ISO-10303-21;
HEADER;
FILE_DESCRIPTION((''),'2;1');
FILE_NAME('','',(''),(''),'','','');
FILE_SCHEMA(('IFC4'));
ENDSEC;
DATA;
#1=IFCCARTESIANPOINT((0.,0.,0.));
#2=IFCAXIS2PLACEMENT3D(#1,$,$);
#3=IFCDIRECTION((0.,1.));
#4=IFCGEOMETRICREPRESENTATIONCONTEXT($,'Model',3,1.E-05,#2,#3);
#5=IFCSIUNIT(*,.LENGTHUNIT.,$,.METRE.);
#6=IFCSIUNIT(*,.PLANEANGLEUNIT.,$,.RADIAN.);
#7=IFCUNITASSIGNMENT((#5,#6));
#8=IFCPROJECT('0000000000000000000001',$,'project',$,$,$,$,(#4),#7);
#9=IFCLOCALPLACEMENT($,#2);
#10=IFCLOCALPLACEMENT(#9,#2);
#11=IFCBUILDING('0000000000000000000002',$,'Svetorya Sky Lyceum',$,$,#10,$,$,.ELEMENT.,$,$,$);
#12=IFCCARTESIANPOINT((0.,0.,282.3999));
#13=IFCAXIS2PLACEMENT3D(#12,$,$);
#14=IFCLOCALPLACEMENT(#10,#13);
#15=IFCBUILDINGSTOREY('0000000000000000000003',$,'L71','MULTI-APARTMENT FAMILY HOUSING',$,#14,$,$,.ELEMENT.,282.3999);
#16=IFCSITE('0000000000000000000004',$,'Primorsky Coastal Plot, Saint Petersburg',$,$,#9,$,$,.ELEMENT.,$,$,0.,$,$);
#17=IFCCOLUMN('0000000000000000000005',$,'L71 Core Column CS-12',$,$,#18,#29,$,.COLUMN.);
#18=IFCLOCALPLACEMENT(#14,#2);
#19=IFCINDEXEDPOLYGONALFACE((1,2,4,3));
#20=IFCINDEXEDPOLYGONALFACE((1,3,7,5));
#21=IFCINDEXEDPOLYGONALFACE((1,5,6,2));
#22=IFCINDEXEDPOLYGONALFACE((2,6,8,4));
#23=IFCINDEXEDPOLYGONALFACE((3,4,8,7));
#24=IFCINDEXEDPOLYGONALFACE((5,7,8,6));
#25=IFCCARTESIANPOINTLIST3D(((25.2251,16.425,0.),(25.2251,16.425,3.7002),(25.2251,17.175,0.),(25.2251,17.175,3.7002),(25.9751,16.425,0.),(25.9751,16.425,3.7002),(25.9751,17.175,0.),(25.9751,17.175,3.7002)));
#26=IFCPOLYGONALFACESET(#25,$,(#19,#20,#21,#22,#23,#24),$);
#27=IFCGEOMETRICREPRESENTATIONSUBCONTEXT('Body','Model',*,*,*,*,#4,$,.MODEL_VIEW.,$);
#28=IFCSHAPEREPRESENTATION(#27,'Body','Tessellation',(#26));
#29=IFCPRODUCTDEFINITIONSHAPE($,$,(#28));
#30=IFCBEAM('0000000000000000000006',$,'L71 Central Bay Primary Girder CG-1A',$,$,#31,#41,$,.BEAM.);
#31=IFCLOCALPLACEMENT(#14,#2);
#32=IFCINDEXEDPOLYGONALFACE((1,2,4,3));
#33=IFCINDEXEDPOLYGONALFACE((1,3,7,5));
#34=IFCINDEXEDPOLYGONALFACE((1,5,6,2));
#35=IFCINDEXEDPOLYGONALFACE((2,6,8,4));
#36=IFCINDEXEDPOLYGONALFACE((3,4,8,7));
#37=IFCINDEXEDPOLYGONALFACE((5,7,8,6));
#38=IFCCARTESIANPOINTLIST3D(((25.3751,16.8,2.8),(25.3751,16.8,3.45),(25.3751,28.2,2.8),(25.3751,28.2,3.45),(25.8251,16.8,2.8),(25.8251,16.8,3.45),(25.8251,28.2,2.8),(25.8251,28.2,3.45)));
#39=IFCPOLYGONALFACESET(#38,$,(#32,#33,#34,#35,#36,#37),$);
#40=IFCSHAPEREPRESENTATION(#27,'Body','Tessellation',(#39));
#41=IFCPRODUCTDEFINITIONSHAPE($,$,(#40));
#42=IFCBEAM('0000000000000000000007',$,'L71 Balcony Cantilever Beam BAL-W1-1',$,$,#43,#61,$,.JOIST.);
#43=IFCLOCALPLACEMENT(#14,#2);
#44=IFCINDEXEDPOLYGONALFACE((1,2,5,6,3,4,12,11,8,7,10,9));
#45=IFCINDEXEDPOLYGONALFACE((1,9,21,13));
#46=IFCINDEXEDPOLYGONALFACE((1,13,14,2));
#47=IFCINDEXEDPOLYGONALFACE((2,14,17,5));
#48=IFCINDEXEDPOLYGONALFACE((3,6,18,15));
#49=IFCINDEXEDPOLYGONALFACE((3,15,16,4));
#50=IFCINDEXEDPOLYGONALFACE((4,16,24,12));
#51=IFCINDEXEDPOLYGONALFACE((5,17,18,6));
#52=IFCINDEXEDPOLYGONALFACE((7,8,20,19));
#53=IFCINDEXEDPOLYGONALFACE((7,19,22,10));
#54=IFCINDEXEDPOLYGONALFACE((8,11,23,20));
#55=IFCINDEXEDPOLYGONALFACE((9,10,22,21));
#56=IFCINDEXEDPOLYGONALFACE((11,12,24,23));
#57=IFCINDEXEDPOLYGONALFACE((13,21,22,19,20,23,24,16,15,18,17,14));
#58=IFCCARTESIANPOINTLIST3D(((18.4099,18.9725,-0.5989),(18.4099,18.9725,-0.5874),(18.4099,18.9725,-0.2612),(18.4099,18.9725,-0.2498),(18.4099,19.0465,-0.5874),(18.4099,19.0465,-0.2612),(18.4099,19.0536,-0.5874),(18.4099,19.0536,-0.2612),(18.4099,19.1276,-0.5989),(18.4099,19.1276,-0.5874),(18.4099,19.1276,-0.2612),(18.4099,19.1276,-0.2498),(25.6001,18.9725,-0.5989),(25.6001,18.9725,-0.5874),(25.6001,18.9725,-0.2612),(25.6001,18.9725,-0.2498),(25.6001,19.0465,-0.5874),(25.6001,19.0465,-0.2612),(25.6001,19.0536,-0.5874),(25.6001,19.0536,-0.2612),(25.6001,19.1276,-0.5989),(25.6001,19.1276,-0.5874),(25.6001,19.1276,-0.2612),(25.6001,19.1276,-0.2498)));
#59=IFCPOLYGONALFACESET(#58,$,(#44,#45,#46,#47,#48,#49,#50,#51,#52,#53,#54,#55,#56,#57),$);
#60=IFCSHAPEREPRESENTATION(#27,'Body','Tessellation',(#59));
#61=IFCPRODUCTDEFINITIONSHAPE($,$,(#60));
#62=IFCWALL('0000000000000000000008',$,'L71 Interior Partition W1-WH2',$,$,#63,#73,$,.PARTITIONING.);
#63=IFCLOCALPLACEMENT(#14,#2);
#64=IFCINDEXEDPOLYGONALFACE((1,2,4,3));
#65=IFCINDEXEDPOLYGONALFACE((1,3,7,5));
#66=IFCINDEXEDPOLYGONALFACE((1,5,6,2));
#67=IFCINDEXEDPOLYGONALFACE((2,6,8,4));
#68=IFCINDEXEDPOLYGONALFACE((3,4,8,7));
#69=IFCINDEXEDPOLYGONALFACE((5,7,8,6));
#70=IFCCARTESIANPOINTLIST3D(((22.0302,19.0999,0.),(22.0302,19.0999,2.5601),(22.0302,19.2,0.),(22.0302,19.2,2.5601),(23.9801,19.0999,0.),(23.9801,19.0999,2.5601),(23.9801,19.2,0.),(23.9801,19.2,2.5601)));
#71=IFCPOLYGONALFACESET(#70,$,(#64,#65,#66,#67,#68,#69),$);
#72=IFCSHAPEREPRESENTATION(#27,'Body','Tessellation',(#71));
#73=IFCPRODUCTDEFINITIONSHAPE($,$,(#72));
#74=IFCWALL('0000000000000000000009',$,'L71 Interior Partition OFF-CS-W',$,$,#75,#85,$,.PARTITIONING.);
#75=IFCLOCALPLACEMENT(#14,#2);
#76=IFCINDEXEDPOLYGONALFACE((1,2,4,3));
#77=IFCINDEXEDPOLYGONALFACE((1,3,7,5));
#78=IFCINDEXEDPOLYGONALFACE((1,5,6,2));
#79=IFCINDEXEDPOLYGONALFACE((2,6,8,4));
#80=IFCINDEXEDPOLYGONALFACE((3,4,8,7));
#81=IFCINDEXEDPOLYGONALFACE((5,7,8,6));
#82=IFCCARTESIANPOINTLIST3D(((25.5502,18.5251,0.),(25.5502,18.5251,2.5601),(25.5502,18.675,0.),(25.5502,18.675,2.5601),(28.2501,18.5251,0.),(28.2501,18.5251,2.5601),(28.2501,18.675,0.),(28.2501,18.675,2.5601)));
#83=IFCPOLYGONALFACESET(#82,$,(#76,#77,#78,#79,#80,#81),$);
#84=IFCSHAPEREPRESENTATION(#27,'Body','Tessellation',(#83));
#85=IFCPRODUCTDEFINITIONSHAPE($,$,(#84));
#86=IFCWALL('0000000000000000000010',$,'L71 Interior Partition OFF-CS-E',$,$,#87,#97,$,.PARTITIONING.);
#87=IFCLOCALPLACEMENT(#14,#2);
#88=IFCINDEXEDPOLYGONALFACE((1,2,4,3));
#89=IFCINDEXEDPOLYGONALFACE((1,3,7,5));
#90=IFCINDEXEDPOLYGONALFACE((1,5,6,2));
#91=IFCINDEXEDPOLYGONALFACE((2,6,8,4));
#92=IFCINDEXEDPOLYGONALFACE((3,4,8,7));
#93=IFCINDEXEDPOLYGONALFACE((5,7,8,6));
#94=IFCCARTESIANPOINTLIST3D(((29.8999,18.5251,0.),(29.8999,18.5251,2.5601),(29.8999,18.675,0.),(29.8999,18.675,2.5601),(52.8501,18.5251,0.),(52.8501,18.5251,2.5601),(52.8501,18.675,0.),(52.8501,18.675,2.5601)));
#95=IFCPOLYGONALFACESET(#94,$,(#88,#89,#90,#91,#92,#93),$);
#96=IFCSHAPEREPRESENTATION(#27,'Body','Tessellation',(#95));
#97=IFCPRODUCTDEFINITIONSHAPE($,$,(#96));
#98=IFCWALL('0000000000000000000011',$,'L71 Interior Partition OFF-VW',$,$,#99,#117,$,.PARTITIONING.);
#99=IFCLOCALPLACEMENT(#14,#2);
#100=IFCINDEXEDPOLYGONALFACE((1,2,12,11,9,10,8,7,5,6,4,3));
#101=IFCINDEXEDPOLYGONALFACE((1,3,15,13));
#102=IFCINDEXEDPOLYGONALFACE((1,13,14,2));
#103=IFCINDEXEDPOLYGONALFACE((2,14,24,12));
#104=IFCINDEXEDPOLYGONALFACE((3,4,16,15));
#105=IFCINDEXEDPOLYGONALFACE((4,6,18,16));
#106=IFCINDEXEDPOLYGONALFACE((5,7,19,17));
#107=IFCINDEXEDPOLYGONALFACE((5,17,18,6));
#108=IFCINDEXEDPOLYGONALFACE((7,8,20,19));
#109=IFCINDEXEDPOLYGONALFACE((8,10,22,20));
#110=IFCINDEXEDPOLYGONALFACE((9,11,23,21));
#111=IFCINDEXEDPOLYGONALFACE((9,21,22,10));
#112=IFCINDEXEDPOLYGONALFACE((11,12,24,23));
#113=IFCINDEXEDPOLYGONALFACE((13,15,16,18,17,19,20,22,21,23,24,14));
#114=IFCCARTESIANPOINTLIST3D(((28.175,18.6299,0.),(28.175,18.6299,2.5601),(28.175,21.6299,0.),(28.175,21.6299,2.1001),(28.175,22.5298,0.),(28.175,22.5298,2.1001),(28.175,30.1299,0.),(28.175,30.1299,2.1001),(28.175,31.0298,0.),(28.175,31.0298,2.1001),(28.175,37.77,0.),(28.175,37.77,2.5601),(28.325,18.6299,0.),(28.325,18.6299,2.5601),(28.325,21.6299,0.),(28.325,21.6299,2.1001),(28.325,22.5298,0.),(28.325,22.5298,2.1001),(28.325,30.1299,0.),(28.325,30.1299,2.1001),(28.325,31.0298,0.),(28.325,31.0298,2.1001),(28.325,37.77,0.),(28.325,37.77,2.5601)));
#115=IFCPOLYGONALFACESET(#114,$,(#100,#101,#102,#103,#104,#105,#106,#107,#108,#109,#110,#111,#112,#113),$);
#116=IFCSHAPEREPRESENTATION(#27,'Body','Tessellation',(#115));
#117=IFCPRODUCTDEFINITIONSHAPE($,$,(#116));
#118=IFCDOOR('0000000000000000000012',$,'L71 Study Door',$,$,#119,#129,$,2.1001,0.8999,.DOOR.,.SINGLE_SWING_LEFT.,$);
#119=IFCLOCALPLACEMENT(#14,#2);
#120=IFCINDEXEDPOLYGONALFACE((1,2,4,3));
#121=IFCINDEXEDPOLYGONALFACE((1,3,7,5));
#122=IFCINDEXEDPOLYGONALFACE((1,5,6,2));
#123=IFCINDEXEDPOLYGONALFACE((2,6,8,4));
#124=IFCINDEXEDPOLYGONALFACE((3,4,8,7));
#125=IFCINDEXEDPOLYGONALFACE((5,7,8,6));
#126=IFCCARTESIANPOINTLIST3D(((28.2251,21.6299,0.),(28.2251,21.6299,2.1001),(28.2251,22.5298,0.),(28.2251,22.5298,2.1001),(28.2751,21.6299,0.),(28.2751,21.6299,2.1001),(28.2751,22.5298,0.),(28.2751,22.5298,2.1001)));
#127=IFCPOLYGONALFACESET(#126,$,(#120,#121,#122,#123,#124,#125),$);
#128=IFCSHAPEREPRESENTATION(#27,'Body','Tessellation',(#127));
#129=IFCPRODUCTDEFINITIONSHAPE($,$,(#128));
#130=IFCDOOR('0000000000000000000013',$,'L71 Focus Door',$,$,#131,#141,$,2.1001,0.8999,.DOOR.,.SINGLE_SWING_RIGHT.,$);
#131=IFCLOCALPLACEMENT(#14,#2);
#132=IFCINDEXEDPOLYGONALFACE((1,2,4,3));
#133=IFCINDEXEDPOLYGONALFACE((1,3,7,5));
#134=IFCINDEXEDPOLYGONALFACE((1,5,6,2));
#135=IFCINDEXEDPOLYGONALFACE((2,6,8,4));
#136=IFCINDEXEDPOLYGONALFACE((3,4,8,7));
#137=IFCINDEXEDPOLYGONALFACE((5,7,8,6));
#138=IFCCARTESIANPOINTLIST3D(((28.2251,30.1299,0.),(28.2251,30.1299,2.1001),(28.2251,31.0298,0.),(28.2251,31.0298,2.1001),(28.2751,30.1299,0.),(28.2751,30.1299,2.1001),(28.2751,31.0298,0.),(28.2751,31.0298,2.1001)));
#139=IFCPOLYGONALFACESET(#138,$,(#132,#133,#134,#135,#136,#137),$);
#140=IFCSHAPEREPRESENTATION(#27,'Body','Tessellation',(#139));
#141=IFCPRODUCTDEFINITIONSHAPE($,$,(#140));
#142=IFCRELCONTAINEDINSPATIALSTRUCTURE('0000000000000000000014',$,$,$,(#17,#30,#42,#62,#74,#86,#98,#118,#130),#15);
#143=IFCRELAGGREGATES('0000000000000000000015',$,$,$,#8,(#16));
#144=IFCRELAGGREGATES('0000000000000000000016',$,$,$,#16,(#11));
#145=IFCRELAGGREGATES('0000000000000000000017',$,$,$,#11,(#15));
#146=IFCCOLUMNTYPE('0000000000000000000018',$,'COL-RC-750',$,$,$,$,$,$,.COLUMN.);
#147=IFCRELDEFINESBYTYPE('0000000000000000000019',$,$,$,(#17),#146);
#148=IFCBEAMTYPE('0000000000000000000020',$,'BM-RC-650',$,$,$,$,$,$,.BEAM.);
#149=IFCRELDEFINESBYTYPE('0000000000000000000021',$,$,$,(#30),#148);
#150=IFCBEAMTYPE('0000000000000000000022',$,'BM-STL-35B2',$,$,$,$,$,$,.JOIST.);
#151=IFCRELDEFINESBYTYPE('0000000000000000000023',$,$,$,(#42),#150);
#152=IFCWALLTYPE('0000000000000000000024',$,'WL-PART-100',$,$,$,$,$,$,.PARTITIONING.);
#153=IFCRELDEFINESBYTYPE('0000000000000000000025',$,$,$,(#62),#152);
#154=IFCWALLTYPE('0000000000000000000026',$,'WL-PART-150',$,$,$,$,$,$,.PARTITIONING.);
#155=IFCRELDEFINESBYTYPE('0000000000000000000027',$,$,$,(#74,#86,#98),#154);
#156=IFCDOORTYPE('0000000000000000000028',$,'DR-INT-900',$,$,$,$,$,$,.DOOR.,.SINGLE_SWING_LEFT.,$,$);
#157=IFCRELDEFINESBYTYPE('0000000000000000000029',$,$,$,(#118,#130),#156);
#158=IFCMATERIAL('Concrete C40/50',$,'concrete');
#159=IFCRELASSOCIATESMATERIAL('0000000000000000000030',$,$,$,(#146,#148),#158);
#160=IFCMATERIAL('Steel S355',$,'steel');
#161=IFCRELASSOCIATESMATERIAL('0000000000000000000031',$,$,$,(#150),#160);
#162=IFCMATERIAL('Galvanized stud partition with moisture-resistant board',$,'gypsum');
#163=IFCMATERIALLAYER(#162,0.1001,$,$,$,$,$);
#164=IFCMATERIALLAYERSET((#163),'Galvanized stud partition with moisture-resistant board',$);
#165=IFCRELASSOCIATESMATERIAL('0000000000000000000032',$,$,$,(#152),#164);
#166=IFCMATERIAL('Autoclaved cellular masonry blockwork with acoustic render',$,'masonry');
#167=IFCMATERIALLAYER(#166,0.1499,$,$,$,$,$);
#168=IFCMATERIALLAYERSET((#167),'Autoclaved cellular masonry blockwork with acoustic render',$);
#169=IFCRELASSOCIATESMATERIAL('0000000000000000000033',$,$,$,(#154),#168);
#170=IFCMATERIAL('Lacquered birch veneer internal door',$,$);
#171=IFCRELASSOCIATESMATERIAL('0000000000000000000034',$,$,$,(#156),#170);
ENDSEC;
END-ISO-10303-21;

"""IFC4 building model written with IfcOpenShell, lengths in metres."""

from ifc_helpers import new_model, si_unit, direction, frame, frame_2d, origin, origin_2d, place, context, subcontext, project, spatial, rectangle, i_section, extrude, material, layer, layer_set, material_profile, profile_set, type_object, element, fill, save


model = new_model("IFC4")

# Units and contexts
model_context = context("Model", 3, precision=1e-05, world=origin(), true_north=direction((0.0, 1.0)))
body_context = subcontext(model_context, "Body", "Model", "MODEL_VIEW")
ifc_project = project(units=[si_unit("LENGTHUNIT", "METRE"), si_unit("PLANEANGLEUNIT", "RADIAN")], contexts=[model_context])

# Site, building, storey
site_placement = place(None, origin())
site = spatial("IfcSite", under=ifc_project, at=site_placement, Name="Primorsky Coastal Plot, Saint Petersburg", CompositionType="ELEMENT", RefElevation=0.0)
building_placement = place(site_placement, origin())
building = spatial("IfcBuilding", under=site, at=building_placement, Name="Svetorya Sky Lyceum", CompositionType="ELEMENT")
storey_placement = place(building_placement, frame((0.0, 0.0, 282.3999)))
storey = spatial("IfcBuildingStorey", under=building, at=storey_placement, Name="L71", Description="MULTI-APARTMENT FAMILY HOUSING", CompositionType="ELEMENT", Elevation=282.3999)

# Column
ifc_material_1 = material(Name="Concrete C40/50", Category="concrete")
ifc_material_profile_1 = material_profile(ifc_material_1, rectangle(XDim=0.75, YDim=0.75, at=origin_2d()), Name="RC COL 750x750")
ifc_profile_set_1 = profile_set([ifc_material_profile_1], Name="Concrete C40/50")
column_type = type_object("IfcColumnType", Name="COL-RC-750", PredefinedType="COLUMN", material=ifc_profile_set_1)
column_placement = place(storey_placement, frame((25.6001, 16.8, 0.0), z_axis=(0.0, 0.0, 1.0), x_axis=(1.0, 0.0, 0.0)))
element("IfcColumn", 1, at=column_placement, inside=storey, type_object=column_type, Name="L71 Core Column CS-12", PredefinedType="COLUMN", context=body_context, shape_type="SweptSolid", body=[
    extrude(rectangle(XDim=0.75, YDim=0.75, at=origin_2d()), origin(), (0.0, 0.0, 1.0), 3.7002),
])

# Beams
ifc_material_profile_2 = material_profile(ifc_material_1, rectangle(XDim=0.45, YDim=0.6499, at=origin_2d()), Name="RC BEAM 450x650")
ifc_profile_set_2 = profile_set([ifc_material_profile_2], Name="Concrete C40/50")
beam_type_1 = type_object("IfcBeamType", Name="BM-RC-650", PredefinedType="BEAM", material=ifc_profile_set_2)
beam_1_placement = place(storey_placement, frame((25.6001, 16.8, 3.125), z_axis=(0.0, 1.0, 0.0), x_axis=(-1.0, 0.0, 0.0)))
element("IfcBeam", 2, at=beam_1_placement, inside=storey, type_object=beam_type_1, Name="L71 Central Bay Primary Girder CG-1A", PredefinedType="BEAM", context=body_context, shape_type="SweptSolid", body=[
    extrude(rectangle(XDim=0.45, YDim=0.6499, at=origin_2d()), origin(), (0.0, 0.0, 1.0), 11.3999),
])
ifc_material_2 = material(Name="Steel S355", Category="steel")
ifc_material_profile_3 = material_profile(ifc_material_2, i_section(OverallWidth=0.155, OverallDepth=0.3491, WebThickness=0.0071, FlangeThickness=0.0115, at=origin_2d()), Name="GOST 35B2")
ifc_profile_set_3 = profile_set([ifc_material_profile_3], Name="Steel S355")
beam_type_2 = type_object("IfcBeamType", Name="BM-STL-35B2", PredefinedType="JOIST", material=ifc_profile_set_3)
beam_2_placement = place(storey_placement, frame((25.6001, 19.05, -0.4243), z_axis=(-1.0, 0.0, 0.0), x_axis=(0.0, -1.0, 0.0)))
element("IfcBeam", 3, at=beam_2_placement, inside=storey, type_object=beam_type_2, Name="L71 Balcony Cantilever Beam BAL-W1-1", PredefinedType="JOIST", context=body_context, shape_type="SweptSolid", body=[
    extrude(i_section(OverallWidth=0.155, OverallDepth=0.3491, WebThickness=0.0071, FlangeThickness=0.0115, at=origin_2d()), origin(), (0.0, 0.0, 1.0), 7.1902),
])

# Walls
ifc_material_3 = material(Name="Galvanized stud partition with moisture-resistant board", Category="gypsum")
ifc_layer_1 = layer(ifc_material_3, 0.1001)
ifc_layer_set_1 = layer_set([ifc_layer_1], Name="Galvanized stud partition with moisture-resistant board")
wall_type_1 = type_object("IfcWallType", Name="WL-PART-100", PredefinedType="PARTITIONING", material=ifc_layer_set_1)
wall_1_placement = place(storey_placement, frame((22.03, 19.1499, 0.0), z_axis=(0.0, 0.0, 1.0), x_axis=(1.0, 0.0, 0.0)))
element("IfcWall", 4, at=wall_1_placement, inside=storey, type_object=wall_type_1, Name="L71 Interior Partition W1-WH2", PredefinedType="PARTITIONING", context=body_context, shape_type="SweptSolid", body=[
    extrude(rectangle(XDim=1.95, YDim=0.1001, at=frame_2d((0.9751, 0.0))), origin(), (0.0, 0.0, 1.0), 2.5601),
])
ifc_material_4 = material(Name="Autoclaved cellular masonry blockwork with acoustic render", Category="masonry")
ifc_layer_2 = layer(ifc_material_4, 0.1499)
ifc_layer_set_2 = layer_set([ifc_layer_2], Name="Autoclaved cellular masonry blockwork with acoustic render")
wall_type_2 = type_object("IfcWallType", Name="WL-PART-150", PredefinedType="PARTITIONING", material=ifc_layer_set_2)
wall_2_placement = place(storey_placement, frame((25.55, 18.6001, 0.0), z_axis=(0.0, 0.0, 1.0), x_axis=(1.0, 0.0, 0.0)))
element("IfcWall", 5, at=wall_2_placement, inside=storey, type_object=wall_type_2, Name="L71 Interior Partition OFF-CS-W", PredefinedType="PARTITIONING", context=body_context, shape_type="SweptSolid", body=[
    extrude(rectangle(XDim=2.7, YDim=0.1499, at=frame_2d((1.3501, 0.0))), origin(), (0.0, 0.0, 1.0), 2.5601),
])
wall_3_placement = place(storey_placement, frame((29.8999, 18.6001, 0.0), z_axis=(0.0, 0.0, 1.0), x_axis=(1.0, 0.0, 0.0)))
element("IfcWall", 6, at=wall_3_placement, inside=storey, type_object=wall_type_2, Name="L71 Interior Partition OFF-CS-E", PredefinedType="PARTITIONING", context=body_context, shape_type="SweptSolid", body=[
    extrude(rectangle(XDim=22.9502, YDim=0.1499, at=frame_2d((11.4751, 0.0))), origin(), (0.0, 0.0, 1.0), 2.5601),
])

# Wall, openings, doors
wall_4_placement = place(storey_placement, frame((28.25, 18.6299, 0.0), z_axis=(0.0, 0.0, 1.0), x_axis=(0.0, 1.0, 0.0)))
wall_4 = element("IfcWall", 7, at=wall_4_placement, inside=storey, type_object=wall_type_2, Name="L71 Interior Partition OFF-VW", PredefinedType="PARTITIONING", context=body_context, shape_type="SweptSolid", body=[
    extrude(rectangle(XDim=19.1401, YDim=0.1499, at=frame_2d((9.5701, 0.0))), origin(), (0.0, 0.0, 1.0), 2.5601),
])
opening_1_placement = place(wall_4_placement, frame((3.0, 0.0, 0.0)))
opening_1 = element("IfcOpeningElement", 8, at=opening_1_placement, cuts=wall_4, PredefinedType="OPENING", context=body_context, shape_type="SweptSolid", body=[
    extrude(rectangle(XDim=0.8999, YDim=2.1001, at=frame_2d((0.45, 1.05))), frame((0.0, 0.085, 0.0), z_axis=(0.0, -1.0, 0.0), x_axis=(1.0, 0.0, 0.0)), (0.0, 0.0, 1.0), 0.1699),
])
opening_2_placement = place(wall_4_placement, frame((11.5, 0.0, 0.0)))
opening_2 = element("IfcOpeningElement", 9, at=opening_2_placement, cuts=wall_4, PredefinedType="OPENING", context=body_context, shape_type="SweptSolid", body=[
    extrude(rectangle(XDim=0.8999, YDim=2.1001, at=frame_2d((0.45, 1.05))), frame((0.0, 0.085, 0.0), z_axis=(0.0, -1.0, 0.0), x_axis=(1.0, 0.0, 0.0)), (0.0, 0.0, 1.0), 0.1699),
])
ifc_material_5 = material(Name="Lacquered birch veneer internal door")
door_type_1 = type_object("IfcDoorType", Name="DR-INT-900", OperationType="SINGLE_SWING_LEFT", PredefinedType="DOOR", material=ifc_material_5)
door_1_placement = place(opening_1_placement, origin())
door_1 = element("IfcDoor", 10, at=door_1_placement, inside=storey, type_object=door_type_1, Name="L71 Study Door", OperationType="SINGLE_SWING_LEFT", OverallHeight=2.1001, OverallWidth=0.8999, PredefinedType="DOOR", context=body_context, shape_type="SweptSolid", body=[
    extrude(rectangle(XDim=0.8999, YDim=2.1001, at=frame_2d((0.45, 1.05))), frame((0.0, 0.0249, 0.0), z_axis=(0.0, -1.0, 0.0), x_axis=(1.0, 0.0, 0.0)), (0.0, 0.0, 1.0), 0.05),
])
fill(opening_1, door_1)
door_2_placement = place(opening_2_placement, origin())
door_2 = element("IfcDoor", 11, at=door_2_placement, inside=storey, type_object=door_type_1, Name="L71 Focus Door", OperationType="SINGLE_SWING_RIGHT", OverallHeight=2.1001, OverallWidth=0.8999, PredefinedType="DOOR", context=body_context, shape_type="SweptSolid", body=[
    extrude(rectangle(XDim=0.8999, YDim=2.1001, at=frame_2d((0.45, 1.05))), frame((0.0, 0.0249, 0.0), z_axis=(0.0, -1.0, 0.0), x_axis=(1.0, 0.0, 0.0)), (0.0, 0.0, 1.0), 0.05),
])
fill(opening_2, door_2)

save(model, "model.ifc")
